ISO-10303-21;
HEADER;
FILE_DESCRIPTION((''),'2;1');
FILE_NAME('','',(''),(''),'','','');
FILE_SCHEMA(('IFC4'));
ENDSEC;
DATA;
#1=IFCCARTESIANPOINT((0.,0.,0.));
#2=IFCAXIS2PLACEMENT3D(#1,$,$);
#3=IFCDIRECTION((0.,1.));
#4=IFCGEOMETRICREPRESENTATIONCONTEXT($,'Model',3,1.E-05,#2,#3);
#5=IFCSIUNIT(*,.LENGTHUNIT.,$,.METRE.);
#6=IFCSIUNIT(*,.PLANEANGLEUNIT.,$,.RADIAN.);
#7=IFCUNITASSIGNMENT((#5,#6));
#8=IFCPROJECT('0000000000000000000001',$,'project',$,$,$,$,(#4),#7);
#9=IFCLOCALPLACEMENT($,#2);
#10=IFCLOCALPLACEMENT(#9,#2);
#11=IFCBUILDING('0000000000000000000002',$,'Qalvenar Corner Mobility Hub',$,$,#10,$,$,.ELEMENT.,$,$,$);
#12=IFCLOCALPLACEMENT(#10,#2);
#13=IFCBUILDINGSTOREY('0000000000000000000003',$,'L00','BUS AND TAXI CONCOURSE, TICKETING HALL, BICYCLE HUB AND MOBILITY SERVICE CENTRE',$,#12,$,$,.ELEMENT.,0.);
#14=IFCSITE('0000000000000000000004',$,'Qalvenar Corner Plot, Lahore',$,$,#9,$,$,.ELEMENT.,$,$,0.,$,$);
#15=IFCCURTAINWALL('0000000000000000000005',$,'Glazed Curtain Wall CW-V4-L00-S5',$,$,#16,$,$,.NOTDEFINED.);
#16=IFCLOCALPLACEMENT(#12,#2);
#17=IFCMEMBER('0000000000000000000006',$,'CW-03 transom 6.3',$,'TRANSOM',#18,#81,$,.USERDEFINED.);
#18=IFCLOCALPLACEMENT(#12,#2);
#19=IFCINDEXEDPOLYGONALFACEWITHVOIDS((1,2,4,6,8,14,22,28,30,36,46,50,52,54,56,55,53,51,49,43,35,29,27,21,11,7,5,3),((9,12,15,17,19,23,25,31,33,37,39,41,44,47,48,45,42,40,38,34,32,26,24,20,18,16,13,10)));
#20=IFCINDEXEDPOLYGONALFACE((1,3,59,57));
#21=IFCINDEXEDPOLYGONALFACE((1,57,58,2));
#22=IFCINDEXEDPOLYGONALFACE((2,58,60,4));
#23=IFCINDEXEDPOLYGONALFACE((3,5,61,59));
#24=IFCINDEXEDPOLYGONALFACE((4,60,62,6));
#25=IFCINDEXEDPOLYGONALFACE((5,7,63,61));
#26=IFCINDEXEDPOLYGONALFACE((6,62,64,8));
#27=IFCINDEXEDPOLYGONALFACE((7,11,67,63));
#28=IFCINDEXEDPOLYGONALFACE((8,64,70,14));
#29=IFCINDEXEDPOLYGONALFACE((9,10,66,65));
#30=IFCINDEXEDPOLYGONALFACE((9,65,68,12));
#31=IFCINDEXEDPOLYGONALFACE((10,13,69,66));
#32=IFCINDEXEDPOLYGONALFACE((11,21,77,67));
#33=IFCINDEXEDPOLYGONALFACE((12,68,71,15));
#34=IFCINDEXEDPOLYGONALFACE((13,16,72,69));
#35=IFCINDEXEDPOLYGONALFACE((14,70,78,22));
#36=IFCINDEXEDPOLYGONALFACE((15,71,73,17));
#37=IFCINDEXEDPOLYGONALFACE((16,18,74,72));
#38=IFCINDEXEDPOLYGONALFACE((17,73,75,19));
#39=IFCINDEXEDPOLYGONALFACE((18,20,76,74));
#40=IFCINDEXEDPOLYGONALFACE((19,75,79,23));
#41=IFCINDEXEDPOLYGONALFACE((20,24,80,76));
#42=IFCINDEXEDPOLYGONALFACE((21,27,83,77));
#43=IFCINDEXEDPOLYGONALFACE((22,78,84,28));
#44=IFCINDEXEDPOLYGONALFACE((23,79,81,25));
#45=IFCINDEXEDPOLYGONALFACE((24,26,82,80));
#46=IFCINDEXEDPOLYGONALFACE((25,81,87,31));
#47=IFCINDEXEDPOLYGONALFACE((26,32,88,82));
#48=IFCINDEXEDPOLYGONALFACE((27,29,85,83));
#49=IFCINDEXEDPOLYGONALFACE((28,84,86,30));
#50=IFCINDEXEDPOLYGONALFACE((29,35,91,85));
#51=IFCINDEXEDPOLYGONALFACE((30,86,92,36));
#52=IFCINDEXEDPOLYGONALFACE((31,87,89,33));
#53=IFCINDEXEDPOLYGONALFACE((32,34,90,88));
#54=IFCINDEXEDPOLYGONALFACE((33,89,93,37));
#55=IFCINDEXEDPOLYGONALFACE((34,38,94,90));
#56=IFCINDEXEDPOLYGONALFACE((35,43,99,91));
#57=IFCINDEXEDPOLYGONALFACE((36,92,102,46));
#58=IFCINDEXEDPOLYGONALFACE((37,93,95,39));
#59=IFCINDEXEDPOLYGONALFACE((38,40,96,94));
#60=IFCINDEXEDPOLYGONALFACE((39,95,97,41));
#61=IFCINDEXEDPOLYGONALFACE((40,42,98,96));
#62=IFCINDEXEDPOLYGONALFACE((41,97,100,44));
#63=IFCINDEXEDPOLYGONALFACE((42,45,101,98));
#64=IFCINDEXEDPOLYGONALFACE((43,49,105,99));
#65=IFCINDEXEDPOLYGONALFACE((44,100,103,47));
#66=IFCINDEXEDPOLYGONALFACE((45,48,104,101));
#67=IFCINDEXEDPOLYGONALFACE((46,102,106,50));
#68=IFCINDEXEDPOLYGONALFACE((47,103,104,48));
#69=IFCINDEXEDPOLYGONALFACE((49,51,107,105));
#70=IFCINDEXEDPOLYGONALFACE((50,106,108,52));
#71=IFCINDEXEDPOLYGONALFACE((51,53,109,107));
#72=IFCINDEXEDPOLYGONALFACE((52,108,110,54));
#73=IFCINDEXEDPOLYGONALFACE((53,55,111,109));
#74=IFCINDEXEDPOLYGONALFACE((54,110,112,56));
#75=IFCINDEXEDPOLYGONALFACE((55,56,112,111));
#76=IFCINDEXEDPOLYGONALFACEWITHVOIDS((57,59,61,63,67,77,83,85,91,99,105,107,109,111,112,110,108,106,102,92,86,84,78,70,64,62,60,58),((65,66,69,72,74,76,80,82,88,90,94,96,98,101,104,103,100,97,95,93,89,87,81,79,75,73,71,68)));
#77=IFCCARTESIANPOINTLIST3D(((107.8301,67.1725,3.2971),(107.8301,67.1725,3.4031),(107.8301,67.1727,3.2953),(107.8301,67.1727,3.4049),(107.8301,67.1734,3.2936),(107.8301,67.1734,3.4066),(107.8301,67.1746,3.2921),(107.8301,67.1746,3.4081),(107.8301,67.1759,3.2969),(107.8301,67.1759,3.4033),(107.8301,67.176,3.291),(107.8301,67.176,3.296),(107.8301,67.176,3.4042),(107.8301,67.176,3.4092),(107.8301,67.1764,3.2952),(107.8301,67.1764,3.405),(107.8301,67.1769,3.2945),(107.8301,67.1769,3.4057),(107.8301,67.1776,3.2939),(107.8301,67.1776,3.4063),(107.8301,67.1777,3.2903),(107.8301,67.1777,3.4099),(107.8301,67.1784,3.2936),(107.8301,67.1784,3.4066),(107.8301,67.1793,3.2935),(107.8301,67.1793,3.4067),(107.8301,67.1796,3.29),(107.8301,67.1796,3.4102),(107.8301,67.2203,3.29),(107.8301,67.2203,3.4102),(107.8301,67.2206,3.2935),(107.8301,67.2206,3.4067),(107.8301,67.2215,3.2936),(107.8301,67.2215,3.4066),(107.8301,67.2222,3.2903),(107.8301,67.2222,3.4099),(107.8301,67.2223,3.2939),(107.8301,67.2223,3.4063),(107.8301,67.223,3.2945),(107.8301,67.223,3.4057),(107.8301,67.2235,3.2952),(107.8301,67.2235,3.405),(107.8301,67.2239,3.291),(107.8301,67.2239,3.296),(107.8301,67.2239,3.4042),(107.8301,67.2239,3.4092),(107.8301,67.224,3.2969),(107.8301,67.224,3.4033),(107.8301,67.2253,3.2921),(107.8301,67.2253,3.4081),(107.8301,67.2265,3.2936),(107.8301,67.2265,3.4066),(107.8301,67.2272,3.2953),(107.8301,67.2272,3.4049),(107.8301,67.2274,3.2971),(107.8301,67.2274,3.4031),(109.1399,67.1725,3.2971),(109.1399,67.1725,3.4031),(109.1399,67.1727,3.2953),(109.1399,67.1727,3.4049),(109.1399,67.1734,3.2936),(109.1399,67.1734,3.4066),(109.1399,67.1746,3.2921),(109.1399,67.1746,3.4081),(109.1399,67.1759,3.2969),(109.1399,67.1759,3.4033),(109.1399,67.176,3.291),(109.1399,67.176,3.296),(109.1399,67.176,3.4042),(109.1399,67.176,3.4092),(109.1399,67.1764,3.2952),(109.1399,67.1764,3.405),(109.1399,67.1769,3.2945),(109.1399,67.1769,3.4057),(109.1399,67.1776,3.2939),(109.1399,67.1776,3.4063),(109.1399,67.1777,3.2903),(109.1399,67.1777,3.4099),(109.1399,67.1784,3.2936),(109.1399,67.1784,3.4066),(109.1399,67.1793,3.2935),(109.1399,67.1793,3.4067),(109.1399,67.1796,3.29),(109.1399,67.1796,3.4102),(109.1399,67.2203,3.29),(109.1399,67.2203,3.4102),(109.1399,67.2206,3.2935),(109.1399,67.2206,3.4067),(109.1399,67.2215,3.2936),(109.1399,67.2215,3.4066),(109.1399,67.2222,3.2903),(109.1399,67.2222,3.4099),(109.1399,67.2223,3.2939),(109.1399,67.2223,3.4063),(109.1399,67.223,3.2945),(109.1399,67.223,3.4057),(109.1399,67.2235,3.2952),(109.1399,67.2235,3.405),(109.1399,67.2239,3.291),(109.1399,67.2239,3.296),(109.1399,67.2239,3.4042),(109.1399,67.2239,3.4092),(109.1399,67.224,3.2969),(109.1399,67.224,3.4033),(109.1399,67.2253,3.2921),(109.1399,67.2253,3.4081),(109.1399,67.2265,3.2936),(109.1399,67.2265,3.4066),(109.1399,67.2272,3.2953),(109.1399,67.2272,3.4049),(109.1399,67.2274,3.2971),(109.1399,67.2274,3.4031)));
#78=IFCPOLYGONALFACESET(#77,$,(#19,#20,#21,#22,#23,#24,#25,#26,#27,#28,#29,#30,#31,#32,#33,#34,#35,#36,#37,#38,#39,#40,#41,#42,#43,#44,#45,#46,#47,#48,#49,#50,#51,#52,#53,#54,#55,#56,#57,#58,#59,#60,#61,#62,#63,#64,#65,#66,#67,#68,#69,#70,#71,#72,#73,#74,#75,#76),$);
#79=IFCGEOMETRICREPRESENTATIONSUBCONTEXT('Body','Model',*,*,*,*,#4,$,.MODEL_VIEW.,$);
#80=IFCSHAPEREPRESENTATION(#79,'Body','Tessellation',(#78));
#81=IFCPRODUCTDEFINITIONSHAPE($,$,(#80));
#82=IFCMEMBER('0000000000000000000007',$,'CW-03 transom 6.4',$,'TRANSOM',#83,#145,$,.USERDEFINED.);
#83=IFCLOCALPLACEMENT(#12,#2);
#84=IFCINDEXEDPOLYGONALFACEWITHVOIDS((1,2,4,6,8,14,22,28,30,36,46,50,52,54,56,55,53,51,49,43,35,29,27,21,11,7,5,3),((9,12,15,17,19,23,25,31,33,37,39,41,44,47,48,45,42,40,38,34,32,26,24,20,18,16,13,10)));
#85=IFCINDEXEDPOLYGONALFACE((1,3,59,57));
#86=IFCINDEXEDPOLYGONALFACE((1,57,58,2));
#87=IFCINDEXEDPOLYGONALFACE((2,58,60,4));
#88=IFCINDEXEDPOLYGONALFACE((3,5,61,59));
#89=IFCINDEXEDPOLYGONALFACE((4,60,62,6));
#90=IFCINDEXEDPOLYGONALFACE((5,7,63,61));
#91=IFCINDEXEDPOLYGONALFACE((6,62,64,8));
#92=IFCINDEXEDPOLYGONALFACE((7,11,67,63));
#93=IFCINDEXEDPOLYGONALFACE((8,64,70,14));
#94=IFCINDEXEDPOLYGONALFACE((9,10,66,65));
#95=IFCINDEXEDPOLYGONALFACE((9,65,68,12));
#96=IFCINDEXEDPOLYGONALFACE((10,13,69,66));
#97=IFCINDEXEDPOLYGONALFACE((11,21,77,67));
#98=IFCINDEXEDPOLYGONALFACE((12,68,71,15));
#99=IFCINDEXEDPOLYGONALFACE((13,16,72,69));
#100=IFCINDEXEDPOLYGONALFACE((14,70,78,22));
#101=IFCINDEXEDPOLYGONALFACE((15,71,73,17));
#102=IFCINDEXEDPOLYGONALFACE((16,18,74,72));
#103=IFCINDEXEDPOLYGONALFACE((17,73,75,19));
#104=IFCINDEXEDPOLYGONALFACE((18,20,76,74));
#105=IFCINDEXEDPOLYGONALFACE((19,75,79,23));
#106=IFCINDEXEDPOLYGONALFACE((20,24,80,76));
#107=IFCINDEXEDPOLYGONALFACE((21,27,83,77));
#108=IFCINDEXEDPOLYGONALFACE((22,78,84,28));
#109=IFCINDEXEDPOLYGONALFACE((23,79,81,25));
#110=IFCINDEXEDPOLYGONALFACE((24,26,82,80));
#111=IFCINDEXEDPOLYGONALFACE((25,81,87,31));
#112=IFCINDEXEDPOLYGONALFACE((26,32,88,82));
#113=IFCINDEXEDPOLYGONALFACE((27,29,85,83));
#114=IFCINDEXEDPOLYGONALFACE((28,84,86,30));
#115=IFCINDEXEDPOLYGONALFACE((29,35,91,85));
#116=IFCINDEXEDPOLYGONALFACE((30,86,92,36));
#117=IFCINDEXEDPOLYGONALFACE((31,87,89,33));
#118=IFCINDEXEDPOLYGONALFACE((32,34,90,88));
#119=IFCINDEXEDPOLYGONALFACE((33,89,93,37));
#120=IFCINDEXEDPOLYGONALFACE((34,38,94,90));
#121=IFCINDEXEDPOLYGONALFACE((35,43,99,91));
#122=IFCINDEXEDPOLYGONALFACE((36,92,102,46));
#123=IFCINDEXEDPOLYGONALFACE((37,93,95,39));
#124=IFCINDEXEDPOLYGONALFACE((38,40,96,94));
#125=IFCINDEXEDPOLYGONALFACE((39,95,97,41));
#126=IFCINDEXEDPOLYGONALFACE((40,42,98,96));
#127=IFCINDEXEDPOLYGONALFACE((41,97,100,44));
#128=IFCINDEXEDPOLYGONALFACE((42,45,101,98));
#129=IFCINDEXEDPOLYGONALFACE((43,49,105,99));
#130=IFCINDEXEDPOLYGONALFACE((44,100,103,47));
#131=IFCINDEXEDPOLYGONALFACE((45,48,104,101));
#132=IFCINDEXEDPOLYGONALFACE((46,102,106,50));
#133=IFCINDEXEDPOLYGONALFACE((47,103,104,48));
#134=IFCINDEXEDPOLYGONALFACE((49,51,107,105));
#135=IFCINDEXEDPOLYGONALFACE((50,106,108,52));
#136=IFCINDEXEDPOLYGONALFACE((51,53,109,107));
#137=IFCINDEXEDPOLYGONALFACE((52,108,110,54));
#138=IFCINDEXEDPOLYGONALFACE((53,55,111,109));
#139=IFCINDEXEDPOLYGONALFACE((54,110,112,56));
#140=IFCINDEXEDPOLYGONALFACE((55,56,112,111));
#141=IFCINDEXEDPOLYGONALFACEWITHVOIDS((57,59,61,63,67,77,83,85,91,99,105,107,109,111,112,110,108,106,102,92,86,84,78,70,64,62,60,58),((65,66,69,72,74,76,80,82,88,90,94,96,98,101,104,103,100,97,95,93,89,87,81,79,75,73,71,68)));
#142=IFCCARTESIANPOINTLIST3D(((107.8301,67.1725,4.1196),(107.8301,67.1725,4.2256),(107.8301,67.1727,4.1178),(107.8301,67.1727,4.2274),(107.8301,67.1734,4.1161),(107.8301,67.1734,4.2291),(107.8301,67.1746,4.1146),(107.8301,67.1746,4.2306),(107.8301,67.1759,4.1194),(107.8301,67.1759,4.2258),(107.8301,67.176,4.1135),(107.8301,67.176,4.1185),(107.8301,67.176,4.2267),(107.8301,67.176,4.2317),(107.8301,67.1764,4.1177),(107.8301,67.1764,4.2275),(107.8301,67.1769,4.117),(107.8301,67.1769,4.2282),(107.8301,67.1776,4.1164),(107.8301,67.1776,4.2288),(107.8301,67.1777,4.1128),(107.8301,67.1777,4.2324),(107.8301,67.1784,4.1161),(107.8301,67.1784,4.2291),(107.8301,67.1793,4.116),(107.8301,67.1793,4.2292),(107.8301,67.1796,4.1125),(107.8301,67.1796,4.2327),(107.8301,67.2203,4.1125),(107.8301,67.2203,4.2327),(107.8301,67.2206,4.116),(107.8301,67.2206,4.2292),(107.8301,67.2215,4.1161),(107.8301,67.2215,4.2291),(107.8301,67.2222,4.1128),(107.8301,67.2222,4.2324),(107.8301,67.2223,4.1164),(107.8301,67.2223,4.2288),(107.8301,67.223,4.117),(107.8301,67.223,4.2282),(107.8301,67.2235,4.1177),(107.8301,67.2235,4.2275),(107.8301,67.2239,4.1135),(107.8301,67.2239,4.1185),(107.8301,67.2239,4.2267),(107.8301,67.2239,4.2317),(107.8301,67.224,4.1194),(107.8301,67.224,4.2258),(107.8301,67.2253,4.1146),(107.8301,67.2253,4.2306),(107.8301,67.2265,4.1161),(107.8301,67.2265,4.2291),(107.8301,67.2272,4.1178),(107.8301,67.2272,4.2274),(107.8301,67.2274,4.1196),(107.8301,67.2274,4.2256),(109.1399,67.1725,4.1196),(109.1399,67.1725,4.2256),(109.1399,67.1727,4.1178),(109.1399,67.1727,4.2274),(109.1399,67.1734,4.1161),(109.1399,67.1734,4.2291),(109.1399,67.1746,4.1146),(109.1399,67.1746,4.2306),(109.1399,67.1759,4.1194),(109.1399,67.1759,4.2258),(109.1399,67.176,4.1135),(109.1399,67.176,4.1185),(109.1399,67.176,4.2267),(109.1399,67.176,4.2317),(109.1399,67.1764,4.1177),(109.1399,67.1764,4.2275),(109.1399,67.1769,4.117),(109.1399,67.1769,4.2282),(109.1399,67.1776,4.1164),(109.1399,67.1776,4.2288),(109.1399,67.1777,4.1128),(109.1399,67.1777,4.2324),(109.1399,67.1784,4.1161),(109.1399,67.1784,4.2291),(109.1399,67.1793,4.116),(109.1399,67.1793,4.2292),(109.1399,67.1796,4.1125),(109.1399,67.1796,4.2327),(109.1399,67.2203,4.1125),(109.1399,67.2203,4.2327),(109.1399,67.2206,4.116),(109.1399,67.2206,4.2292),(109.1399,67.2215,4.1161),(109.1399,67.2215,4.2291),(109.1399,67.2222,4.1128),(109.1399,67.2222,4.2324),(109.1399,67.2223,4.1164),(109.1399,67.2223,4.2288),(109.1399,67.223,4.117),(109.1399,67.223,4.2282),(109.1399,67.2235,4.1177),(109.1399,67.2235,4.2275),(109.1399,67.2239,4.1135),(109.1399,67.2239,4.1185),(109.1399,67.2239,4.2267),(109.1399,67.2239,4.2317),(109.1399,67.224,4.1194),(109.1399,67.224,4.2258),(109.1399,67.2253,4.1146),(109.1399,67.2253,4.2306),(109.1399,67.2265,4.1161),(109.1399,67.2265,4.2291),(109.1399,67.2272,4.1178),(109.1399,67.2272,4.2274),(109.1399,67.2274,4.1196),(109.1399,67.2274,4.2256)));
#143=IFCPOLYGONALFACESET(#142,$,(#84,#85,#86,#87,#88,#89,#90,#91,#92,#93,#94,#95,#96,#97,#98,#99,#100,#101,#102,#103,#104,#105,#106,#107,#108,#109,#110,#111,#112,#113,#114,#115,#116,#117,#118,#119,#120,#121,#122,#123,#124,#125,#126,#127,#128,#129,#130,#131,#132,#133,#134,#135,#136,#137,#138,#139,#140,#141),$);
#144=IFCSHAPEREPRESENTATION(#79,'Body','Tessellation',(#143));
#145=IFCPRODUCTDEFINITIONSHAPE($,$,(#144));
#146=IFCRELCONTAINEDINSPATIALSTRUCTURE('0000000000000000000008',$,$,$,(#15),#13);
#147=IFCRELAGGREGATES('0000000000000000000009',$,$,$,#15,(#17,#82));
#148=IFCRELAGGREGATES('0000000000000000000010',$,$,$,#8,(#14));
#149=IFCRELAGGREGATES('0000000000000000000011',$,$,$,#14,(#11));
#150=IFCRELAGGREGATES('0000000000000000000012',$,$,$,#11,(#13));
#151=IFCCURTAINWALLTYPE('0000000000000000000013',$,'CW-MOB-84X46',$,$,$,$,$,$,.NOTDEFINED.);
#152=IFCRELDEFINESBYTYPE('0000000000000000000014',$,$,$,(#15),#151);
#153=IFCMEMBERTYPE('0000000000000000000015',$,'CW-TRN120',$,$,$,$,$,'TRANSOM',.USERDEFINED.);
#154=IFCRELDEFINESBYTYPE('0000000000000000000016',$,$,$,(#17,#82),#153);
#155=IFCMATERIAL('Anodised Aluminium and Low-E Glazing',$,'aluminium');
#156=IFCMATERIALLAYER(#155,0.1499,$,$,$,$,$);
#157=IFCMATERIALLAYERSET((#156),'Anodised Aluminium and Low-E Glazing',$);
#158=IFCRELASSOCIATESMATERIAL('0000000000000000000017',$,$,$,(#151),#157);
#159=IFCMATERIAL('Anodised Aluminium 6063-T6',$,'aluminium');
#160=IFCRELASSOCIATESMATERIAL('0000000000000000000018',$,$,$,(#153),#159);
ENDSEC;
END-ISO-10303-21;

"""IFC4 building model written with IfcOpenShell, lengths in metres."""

from ifc_helpers import new_model, si_unit, direction, frame, origin, origin_2d, place, context, subcontext, project, spatial, hollow_rectangle, extrude, material, layer, layer_set, material_profile, profile_set, type_object, element, aggregate, save


model = new_model("IFC4")

# Units and contexts
model_context = context("Model", 3, precision=1e-05, world=origin(), true_north=direction((0.0, 1.0)))
body_context = subcontext(model_context, "Body", "Model", "MODEL_VIEW")
ifc_project = project(units=[si_unit("LENGTHUNIT", "METRE"), si_unit("PLANEANGLEUNIT", "RADIAN")], contexts=[model_context])

# Site, building, storey
site_placement = place(None, origin())
site = spatial("IfcSite", under=ifc_project, at=site_placement, Name="Qalvenar Corner Plot, Lahore", CompositionType="ELEMENT", RefElevation=0.0)
building_placement = place(site_placement, origin())
building = spatial("IfcBuilding", under=site, at=building_placement, Name="Qalvenar Corner Mobility Hub", CompositionType="ELEMENT")
storey_placement = place(building_placement, origin())
storey = spatial("IfcBuildingStorey", under=building, at=storey_placement, Name="L00", Description="BUS AND TAXI CONCOURSE, TICKETING HALL, BICYCLE HUB AND MOBILITY SERVICE CENTRE", CompositionType="ELEMENT", Elevation=0.0)

# Curtain wall
ifc_material_1 = material(Name="Anodised Aluminium and Low-E Glazing", Category="aluminium")
ifc_layer_1 = layer(ifc_material_1, 0.1499)
ifc_layer_set_1 = layer_set([ifc_layer_1], Name="Anodised Aluminium and Low-E Glazing")
curtain_wall_type = type_object("IfcCurtainWallType", Name="CW-MOB-84X46", PredefinedType="NOTDEFINED", material=ifc_layer_set_1)
curtain_wall_1_placement = place(storey_placement, origin())
curtain_wall_1 = element("IfcCurtainWall", 1, at=curtain_wall_1_placement, inside=storey, type_object=curtain_wall_type, Name="Glazed Curtain Wall CW-V4-L00-S5", PredefinedType="NOTDEFINED")
ifc_material_2 = material(Name="Anodised Aluminium 6063-T6", Category="aluminium")

# Members
ifc_material_profile_1 = material_profile(ifc_material_2, hollow_rectangle(XDim=0.0549, YDim=0.1201, WallThickness=0.0034, InnerFilletRadius=0.0034, OuterFilletRadius=0.0071, at=origin_2d()), Name="RHS120x55x3.5")
ifc_profile_set_1 = profile_set([ifc_material_profile_1], Name="Anodised Aluminium 6063-T6")
member_type_1 = type_object("IfcMemberType", Name="CW-TRN120", ElementType="TRANSOM", PredefinedType="USERDEFINED", material=ifc_profile_set_1)
member_1_placement = place(storey_placement, frame((107.8301, 67.2, 3.3501), z_axis=(1.0, 0.0, 0.0), x_axis=(0.0, 1.0, 0.0)))
member_1 = element("IfcMember", 2, at=member_1_placement, type_object=member_type_1, Name="CW-03 transom 6.3", ObjectType="TRANSOM", PredefinedType="USERDEFINED", context=body_context, shape_type="SweptSolid", body=[
    extrude(hollow_rectangle(XDim=0.0549, YDim=0.1201, WallThickness=0.0034, InnerFilletRadius=0.0034, OuterFilletRadius=0.0071, at=origin_2d()), origin(), (0.0, 0.0, 1.0), 1.3098),
])
member_2_placement = place(storey_placement, frame((107.8301, 67.2, 4.1726), z_axis=(1.0, 0.0, 0.0), x_axis=(0.0, 1.0, 0.0)))
member_2 = element("IfcMember", 3, at=member_2_placement, type_object=member_type_1, Name="CW-03 transom 6.4", ObjectType="TRANSOM", PredefinedType="USERDEFINED", context=body_context, shape_type="SweptSolid", body=[
    extrude(hollow_rectangle(XDim=0.0549, YDim=0.1201, WallThickness=0.0034, InnerFilletRadius=0.0034, OuterFilletRadius=0.0071, at=origin_2d()), origin(), (0.0, 0.0, 1.0), 1.3098),
])

aggregate(curtain_wall_1, [member_1, member_2])

save(model, "model.ifc")
